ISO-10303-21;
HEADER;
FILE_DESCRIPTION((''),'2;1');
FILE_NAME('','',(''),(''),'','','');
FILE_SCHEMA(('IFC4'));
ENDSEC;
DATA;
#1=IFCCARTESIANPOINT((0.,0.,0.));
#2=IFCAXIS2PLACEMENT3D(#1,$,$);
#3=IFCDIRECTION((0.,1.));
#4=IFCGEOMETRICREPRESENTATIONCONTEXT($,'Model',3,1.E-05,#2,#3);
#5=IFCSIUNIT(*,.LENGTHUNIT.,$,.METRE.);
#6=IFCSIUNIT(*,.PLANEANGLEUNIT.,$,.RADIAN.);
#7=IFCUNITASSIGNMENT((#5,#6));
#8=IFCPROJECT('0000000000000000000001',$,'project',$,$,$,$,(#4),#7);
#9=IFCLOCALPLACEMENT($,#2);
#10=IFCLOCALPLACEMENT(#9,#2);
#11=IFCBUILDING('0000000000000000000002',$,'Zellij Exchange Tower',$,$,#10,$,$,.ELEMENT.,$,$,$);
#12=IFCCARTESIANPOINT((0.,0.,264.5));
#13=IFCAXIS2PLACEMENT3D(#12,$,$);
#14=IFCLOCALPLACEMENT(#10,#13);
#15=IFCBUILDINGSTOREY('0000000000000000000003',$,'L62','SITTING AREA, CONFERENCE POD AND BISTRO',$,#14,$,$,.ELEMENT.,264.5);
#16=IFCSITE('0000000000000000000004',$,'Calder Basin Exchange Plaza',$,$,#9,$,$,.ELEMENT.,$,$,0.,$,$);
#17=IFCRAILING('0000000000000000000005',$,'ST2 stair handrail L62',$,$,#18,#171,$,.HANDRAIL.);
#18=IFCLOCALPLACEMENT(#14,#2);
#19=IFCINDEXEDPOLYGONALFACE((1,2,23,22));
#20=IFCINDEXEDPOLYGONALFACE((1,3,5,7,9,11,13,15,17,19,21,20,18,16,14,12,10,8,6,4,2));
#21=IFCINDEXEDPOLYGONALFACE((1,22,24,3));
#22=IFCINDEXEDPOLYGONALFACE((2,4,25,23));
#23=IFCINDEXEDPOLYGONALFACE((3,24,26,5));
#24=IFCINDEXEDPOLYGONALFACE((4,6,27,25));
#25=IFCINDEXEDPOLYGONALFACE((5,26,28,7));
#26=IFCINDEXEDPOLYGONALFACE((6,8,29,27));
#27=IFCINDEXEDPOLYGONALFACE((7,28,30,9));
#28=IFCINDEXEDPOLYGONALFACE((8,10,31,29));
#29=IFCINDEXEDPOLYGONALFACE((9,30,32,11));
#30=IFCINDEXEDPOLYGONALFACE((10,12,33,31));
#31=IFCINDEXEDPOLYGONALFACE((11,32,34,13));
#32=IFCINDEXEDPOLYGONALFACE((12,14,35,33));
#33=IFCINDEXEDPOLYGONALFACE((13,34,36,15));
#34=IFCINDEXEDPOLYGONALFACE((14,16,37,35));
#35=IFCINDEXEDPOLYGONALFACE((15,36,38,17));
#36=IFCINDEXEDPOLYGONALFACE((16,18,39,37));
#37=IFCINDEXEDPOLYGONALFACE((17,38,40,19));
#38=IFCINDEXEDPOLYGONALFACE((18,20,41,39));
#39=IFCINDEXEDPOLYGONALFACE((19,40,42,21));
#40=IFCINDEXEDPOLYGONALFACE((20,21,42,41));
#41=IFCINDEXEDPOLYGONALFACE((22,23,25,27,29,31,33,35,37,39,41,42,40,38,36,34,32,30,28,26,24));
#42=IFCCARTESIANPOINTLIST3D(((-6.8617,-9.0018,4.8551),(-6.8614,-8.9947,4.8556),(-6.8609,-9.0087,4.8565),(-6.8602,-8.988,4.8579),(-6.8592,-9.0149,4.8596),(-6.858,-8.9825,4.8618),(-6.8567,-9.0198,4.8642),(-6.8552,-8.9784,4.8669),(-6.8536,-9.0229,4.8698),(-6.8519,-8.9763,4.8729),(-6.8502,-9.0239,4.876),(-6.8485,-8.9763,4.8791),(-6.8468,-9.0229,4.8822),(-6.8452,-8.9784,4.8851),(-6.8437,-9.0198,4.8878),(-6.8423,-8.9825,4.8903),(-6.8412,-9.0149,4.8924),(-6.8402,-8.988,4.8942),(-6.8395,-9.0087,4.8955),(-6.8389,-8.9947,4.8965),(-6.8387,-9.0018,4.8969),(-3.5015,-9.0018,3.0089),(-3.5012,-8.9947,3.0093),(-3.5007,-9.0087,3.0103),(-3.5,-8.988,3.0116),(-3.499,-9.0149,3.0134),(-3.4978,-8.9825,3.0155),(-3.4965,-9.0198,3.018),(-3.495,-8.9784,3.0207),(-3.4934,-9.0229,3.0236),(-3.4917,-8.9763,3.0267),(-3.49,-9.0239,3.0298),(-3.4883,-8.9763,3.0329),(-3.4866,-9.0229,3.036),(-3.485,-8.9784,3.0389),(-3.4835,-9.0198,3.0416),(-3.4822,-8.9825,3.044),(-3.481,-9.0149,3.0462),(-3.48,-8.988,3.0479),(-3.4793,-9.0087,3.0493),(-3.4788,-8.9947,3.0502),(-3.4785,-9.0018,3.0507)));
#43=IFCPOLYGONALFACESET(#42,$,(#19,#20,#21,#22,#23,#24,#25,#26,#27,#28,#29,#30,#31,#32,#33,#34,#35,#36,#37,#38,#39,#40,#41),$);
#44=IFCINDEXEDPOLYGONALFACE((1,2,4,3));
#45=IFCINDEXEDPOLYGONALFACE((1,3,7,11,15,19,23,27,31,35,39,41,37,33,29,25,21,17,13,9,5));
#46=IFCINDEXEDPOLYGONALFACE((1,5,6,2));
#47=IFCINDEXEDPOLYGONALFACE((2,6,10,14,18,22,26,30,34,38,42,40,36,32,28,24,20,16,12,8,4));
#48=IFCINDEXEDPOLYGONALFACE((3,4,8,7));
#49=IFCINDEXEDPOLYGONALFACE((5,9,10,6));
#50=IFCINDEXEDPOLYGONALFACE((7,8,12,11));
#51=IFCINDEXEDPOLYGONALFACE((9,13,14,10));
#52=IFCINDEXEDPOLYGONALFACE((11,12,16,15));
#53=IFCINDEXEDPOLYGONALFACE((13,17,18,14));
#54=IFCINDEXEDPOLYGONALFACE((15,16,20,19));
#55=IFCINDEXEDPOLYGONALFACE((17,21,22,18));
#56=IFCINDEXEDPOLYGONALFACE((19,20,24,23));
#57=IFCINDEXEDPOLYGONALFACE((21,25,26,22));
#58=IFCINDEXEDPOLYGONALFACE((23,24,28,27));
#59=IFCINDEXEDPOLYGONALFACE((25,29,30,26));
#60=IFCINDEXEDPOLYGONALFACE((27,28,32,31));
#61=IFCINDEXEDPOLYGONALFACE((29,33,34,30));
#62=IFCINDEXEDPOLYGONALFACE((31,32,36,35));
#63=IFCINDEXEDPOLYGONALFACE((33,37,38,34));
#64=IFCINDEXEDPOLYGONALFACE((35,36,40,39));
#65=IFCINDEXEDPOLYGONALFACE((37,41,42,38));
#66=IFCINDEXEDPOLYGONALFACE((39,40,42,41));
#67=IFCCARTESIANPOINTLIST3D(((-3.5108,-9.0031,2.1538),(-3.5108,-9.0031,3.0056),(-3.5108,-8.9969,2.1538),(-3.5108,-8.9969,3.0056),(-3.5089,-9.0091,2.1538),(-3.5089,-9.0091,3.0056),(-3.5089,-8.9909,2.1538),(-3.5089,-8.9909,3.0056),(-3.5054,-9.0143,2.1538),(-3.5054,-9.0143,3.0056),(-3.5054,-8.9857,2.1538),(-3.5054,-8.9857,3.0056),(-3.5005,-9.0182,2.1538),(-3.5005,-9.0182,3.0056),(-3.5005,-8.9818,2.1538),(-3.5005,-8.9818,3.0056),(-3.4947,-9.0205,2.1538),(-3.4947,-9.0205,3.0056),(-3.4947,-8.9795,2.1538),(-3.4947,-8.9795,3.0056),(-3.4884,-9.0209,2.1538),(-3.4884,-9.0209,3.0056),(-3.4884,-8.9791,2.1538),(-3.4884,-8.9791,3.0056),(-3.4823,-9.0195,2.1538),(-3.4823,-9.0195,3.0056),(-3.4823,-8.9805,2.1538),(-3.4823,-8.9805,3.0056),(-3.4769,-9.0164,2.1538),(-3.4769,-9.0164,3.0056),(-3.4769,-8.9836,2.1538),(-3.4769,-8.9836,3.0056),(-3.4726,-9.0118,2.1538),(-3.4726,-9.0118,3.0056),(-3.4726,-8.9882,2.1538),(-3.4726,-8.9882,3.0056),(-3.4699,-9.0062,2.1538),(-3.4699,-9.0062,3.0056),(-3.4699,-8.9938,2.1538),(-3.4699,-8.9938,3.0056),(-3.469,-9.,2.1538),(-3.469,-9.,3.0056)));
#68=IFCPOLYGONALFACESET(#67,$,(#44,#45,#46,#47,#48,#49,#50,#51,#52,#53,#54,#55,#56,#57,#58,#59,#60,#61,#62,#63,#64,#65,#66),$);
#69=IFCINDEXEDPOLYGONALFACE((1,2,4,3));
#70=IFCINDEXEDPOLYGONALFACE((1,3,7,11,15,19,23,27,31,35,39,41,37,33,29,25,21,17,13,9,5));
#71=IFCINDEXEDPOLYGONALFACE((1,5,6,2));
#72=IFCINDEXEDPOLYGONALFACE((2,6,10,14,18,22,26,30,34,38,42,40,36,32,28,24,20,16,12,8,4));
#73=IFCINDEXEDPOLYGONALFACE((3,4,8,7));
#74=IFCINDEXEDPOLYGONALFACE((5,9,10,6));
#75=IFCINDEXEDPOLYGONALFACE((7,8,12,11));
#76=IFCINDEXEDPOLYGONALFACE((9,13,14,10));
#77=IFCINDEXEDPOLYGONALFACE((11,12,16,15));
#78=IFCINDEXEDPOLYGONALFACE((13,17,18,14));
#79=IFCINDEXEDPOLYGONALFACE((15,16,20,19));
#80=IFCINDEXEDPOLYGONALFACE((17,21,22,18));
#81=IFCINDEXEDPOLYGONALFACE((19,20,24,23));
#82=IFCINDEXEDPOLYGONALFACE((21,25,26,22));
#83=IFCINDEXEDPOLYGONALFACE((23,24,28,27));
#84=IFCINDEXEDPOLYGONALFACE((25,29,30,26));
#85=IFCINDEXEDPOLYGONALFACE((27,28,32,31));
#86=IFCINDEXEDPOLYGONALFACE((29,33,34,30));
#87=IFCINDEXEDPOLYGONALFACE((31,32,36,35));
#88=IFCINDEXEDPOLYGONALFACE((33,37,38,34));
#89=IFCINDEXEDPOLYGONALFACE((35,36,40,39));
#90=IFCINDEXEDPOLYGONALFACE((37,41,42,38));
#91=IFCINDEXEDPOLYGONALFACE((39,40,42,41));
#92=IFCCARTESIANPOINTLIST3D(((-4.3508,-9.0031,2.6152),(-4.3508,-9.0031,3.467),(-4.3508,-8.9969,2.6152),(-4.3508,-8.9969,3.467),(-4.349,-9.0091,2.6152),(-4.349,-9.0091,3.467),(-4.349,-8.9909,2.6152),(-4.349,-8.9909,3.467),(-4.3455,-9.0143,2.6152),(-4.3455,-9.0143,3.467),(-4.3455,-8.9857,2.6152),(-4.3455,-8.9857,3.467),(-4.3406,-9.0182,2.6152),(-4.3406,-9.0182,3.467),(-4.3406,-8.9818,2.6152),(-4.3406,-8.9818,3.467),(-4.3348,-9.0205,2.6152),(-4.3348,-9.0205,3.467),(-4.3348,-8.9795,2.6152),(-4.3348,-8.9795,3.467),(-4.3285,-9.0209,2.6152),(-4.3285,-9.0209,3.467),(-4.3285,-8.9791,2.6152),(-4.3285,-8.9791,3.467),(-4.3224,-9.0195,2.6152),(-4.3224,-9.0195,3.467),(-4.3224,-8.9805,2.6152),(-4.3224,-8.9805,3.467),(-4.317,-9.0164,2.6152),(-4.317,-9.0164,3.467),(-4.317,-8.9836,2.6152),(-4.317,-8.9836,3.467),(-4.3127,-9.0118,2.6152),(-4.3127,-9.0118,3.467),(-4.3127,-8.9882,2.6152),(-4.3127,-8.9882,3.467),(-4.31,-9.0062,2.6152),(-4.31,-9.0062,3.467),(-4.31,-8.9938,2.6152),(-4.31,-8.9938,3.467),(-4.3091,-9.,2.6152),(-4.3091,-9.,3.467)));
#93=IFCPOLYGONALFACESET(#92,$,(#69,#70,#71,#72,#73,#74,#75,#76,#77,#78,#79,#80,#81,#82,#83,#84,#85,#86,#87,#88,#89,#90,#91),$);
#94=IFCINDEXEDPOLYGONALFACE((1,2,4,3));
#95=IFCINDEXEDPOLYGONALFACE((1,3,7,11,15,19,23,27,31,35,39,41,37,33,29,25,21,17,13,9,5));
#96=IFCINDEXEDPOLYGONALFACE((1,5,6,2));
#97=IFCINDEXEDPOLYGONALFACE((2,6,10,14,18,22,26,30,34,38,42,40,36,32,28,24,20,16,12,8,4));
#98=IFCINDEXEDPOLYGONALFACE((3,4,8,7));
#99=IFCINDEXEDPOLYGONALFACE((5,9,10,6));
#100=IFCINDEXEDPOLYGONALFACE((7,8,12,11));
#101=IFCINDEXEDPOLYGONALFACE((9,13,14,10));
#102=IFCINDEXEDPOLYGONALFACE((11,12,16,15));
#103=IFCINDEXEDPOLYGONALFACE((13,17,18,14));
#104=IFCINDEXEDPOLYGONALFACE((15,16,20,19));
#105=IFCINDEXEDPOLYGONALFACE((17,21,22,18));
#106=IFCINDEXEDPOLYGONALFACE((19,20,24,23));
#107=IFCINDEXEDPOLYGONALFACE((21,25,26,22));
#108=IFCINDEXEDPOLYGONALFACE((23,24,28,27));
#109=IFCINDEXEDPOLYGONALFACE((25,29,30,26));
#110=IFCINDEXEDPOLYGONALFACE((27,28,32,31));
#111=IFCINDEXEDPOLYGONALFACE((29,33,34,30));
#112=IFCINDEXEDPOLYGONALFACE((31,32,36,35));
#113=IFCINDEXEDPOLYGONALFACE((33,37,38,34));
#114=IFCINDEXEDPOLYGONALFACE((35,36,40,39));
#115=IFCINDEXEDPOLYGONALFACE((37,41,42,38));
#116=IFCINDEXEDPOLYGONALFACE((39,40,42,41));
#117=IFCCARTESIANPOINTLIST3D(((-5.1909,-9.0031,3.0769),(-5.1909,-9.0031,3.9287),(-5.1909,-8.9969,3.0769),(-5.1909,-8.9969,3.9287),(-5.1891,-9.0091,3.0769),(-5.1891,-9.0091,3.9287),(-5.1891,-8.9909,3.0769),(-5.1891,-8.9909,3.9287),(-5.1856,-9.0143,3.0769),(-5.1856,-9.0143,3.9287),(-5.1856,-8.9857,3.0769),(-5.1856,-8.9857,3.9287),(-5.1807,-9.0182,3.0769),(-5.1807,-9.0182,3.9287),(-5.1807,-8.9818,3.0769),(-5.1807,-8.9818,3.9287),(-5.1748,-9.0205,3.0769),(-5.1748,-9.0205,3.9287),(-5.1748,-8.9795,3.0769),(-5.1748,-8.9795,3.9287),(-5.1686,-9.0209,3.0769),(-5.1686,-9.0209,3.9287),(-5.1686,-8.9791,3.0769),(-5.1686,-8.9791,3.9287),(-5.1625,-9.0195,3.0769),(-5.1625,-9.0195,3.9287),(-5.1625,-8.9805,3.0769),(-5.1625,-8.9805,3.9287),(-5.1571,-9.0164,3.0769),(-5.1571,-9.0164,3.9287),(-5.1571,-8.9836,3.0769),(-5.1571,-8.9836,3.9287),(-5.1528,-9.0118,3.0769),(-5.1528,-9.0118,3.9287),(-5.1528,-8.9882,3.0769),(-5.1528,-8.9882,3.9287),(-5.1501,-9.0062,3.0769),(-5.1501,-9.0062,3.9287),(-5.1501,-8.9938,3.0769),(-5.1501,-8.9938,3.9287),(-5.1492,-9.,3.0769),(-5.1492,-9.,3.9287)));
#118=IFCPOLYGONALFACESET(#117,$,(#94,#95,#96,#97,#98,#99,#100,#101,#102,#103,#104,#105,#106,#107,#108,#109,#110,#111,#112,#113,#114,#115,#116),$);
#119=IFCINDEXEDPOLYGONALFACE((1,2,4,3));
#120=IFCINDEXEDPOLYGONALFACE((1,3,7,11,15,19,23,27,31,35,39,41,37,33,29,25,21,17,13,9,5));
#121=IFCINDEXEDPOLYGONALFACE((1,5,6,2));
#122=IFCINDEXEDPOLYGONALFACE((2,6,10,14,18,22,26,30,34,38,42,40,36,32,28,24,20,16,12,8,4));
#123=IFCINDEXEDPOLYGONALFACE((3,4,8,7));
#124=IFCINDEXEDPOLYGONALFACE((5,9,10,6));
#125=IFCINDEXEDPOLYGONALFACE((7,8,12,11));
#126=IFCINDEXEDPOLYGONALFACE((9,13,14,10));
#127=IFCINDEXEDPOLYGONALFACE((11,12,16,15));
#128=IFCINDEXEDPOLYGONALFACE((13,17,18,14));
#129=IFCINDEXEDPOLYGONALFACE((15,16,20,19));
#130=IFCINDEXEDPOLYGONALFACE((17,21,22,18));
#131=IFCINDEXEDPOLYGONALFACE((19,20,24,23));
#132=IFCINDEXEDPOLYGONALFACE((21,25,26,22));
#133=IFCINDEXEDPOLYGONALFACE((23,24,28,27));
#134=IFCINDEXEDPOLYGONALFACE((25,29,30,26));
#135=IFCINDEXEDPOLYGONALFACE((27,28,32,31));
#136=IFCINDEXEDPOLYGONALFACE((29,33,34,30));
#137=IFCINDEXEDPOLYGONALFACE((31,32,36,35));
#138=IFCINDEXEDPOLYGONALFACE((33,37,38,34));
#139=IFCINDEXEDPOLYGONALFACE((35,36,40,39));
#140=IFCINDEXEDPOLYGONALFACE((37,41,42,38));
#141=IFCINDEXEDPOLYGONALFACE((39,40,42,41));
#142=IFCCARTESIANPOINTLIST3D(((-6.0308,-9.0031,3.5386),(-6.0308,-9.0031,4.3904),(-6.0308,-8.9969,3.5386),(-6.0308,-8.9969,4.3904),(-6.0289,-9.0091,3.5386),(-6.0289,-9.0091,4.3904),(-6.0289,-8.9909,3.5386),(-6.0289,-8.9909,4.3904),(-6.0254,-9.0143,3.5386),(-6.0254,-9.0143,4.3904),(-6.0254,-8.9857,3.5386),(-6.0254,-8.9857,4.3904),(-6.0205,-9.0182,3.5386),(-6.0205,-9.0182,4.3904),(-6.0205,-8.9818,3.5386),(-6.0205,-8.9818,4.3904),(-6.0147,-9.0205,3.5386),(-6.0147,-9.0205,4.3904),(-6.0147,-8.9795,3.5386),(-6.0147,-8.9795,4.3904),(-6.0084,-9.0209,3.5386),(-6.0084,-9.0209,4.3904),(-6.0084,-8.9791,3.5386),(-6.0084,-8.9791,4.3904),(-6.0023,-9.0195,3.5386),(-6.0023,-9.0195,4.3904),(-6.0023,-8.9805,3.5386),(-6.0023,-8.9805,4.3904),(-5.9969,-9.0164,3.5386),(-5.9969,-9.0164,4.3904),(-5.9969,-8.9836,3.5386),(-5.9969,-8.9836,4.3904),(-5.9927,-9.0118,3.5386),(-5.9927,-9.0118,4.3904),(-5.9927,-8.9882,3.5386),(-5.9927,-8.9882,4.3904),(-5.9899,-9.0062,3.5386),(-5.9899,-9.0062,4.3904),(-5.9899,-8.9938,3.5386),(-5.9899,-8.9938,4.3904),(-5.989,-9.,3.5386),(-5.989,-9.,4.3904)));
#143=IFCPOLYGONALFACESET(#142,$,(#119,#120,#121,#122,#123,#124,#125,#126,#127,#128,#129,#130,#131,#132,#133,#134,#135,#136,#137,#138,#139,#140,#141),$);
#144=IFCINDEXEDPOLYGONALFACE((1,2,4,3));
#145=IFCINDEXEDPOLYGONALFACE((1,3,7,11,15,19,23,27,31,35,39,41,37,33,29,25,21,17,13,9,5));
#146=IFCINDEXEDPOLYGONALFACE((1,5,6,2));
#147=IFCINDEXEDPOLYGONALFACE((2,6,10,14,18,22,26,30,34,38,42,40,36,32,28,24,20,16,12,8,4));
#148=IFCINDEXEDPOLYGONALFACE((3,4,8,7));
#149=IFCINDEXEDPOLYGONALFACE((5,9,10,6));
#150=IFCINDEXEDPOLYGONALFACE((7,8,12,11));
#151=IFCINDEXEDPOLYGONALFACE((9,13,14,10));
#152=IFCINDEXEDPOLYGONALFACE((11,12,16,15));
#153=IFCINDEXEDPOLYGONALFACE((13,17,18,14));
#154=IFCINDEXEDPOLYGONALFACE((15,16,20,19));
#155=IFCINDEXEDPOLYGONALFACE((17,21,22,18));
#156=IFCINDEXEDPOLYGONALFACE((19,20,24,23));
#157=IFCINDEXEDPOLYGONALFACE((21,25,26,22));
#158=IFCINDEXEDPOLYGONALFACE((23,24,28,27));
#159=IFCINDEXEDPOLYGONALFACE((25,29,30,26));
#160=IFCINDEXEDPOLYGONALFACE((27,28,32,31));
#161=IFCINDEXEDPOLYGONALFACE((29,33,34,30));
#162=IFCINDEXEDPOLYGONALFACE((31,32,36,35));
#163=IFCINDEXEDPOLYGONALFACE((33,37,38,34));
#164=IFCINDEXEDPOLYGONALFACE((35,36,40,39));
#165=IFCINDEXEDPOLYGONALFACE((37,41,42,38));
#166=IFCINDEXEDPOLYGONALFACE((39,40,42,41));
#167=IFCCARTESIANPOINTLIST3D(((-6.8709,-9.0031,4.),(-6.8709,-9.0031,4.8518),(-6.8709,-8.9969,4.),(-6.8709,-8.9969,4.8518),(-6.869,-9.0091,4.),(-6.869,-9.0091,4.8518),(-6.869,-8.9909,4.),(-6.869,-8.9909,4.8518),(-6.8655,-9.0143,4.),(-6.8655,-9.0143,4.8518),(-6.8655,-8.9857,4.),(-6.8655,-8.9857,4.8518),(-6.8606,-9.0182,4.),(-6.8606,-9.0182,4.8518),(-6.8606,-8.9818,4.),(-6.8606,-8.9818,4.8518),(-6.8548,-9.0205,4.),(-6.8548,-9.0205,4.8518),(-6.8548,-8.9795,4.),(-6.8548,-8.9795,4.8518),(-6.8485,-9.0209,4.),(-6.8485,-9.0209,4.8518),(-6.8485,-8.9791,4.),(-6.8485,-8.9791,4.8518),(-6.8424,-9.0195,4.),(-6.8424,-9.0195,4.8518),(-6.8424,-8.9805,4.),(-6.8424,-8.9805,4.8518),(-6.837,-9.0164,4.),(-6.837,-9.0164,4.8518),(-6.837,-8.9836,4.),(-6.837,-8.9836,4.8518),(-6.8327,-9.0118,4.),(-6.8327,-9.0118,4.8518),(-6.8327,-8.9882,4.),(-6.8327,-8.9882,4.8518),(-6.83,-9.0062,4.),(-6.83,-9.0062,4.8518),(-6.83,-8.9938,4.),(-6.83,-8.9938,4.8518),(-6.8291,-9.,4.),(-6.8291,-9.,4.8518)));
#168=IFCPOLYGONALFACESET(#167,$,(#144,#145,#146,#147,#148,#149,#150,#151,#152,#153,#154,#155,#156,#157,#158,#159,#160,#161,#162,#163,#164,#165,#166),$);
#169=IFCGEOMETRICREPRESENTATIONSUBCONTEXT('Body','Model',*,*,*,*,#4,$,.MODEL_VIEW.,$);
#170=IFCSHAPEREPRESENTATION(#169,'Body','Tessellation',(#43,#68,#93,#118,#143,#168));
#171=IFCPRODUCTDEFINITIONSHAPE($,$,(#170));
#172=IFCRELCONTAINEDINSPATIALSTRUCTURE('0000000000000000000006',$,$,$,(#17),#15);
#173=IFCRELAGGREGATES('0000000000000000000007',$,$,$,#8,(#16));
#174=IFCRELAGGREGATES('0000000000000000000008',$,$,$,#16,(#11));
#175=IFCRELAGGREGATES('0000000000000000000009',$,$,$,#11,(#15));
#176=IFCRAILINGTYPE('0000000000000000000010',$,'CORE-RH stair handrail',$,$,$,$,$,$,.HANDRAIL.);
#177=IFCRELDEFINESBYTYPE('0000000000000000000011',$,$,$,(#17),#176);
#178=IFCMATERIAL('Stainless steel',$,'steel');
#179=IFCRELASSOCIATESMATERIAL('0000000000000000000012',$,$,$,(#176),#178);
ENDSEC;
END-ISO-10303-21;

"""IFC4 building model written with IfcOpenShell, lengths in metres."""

from ifc_helpers import new_model, si_unit, direction, frame, origin, origin_2d, place, context, subcontext, project, spatial, circle, extrude, material, type_object, element, save


model = new_model("IFC4")

# Units and contexts
model_context = context("Model", 3, precision=1e-05, world=origin(), true_north=direction((0.0, 1.0)))
body_context = subcontext(model_context, "Body", "Model", "MODEL_VIEW")
ifc_project = project(units=[si_unit("LENGTHUNIT", "METRE"), si_unit("PLANEANGLEUNIT", "RADIAN")], contexts=[model_context])

# Site, building, storey
site_placement = place(None, origin())
site = spatial("IfcSite", under=ifc_project, at=site_placement, Name="Calder Basin Exchange Plaza", CompositionType="ELEMENT", RefElevation=0.0)
building_placement = place(site_placement, origin())
building = spatial("IfcBuilding", under=site, at=building_placement, Name="Zellij Exchange Tower", CompositionType="ELEMENT")
storey_placement = place(building_placement, frame((0.0, 0.0, 264.5)))
storey = spatial("IfcBuildingStorey", under=building, at=storey_placement, Name="L62", Description="SITTING AREA, CONFERENCE POD AND BISTRO", CompositionType="ELEMENT", Elevation=264.5)

# Railing
ifc_material_1 = material(Name="Stainless steel", Category="steel")
railing_type_1 = type_object("IfcRailingType", Name="CORE-RH stair handrail", PredefinedType="HANDRAIL", material=ifc_material_1)
railing_1_placement = place(storey_placement, frame((-3.49, -9.0, 2.1538)))
element("IfcRailing", 1, at=railing_1_placement, inside=storey, type_object=railing_type_1, Name="ST2 stair handrail L62", PredefinedType="HANDRAIL", context=body_context, shape_type="SweptSolid", body=[
    extrude(circle(Radius=0.0239, at=origin_2d()), frame((0.0, 0.0, 0.876), z_axis=(-0.876422, 0.0, 0.481545), x_axis=(0.0, -1.0, 0.0)), (0.0, 0.0, 1.0), 3.834),
    extrude(circle(Radius=0.021, at=origin_2d()), origin(), (0.0, 0.0, 1.0), 0.8518),
    extrude(circle(Radius=0.021, at=origin_2d()), frame((-0.8401, 0.0, 0.4614)), (0.0, 0.0, 1.0), 0.8518),
    extrude(circle(Radius=0.021, at=origin_2d()), frame((-1.6802, 0.0, 0.9231)), (0.0, 0.0, 1.0), 0.8518),
    extrude(circle(Radius=0.021, at=origin_2d()), frame((-2.52, 0.0, 1.3848)), (0.0, 0.0, 1.0), 0.8518),
    extrude(circle(Radius=0.021, at=origin_2d()), frame((-3.3601, 0.0, 1.8462)), (0.0, 0.0, 1.0), 0.8518),
])

save(model, "model.ifc")
